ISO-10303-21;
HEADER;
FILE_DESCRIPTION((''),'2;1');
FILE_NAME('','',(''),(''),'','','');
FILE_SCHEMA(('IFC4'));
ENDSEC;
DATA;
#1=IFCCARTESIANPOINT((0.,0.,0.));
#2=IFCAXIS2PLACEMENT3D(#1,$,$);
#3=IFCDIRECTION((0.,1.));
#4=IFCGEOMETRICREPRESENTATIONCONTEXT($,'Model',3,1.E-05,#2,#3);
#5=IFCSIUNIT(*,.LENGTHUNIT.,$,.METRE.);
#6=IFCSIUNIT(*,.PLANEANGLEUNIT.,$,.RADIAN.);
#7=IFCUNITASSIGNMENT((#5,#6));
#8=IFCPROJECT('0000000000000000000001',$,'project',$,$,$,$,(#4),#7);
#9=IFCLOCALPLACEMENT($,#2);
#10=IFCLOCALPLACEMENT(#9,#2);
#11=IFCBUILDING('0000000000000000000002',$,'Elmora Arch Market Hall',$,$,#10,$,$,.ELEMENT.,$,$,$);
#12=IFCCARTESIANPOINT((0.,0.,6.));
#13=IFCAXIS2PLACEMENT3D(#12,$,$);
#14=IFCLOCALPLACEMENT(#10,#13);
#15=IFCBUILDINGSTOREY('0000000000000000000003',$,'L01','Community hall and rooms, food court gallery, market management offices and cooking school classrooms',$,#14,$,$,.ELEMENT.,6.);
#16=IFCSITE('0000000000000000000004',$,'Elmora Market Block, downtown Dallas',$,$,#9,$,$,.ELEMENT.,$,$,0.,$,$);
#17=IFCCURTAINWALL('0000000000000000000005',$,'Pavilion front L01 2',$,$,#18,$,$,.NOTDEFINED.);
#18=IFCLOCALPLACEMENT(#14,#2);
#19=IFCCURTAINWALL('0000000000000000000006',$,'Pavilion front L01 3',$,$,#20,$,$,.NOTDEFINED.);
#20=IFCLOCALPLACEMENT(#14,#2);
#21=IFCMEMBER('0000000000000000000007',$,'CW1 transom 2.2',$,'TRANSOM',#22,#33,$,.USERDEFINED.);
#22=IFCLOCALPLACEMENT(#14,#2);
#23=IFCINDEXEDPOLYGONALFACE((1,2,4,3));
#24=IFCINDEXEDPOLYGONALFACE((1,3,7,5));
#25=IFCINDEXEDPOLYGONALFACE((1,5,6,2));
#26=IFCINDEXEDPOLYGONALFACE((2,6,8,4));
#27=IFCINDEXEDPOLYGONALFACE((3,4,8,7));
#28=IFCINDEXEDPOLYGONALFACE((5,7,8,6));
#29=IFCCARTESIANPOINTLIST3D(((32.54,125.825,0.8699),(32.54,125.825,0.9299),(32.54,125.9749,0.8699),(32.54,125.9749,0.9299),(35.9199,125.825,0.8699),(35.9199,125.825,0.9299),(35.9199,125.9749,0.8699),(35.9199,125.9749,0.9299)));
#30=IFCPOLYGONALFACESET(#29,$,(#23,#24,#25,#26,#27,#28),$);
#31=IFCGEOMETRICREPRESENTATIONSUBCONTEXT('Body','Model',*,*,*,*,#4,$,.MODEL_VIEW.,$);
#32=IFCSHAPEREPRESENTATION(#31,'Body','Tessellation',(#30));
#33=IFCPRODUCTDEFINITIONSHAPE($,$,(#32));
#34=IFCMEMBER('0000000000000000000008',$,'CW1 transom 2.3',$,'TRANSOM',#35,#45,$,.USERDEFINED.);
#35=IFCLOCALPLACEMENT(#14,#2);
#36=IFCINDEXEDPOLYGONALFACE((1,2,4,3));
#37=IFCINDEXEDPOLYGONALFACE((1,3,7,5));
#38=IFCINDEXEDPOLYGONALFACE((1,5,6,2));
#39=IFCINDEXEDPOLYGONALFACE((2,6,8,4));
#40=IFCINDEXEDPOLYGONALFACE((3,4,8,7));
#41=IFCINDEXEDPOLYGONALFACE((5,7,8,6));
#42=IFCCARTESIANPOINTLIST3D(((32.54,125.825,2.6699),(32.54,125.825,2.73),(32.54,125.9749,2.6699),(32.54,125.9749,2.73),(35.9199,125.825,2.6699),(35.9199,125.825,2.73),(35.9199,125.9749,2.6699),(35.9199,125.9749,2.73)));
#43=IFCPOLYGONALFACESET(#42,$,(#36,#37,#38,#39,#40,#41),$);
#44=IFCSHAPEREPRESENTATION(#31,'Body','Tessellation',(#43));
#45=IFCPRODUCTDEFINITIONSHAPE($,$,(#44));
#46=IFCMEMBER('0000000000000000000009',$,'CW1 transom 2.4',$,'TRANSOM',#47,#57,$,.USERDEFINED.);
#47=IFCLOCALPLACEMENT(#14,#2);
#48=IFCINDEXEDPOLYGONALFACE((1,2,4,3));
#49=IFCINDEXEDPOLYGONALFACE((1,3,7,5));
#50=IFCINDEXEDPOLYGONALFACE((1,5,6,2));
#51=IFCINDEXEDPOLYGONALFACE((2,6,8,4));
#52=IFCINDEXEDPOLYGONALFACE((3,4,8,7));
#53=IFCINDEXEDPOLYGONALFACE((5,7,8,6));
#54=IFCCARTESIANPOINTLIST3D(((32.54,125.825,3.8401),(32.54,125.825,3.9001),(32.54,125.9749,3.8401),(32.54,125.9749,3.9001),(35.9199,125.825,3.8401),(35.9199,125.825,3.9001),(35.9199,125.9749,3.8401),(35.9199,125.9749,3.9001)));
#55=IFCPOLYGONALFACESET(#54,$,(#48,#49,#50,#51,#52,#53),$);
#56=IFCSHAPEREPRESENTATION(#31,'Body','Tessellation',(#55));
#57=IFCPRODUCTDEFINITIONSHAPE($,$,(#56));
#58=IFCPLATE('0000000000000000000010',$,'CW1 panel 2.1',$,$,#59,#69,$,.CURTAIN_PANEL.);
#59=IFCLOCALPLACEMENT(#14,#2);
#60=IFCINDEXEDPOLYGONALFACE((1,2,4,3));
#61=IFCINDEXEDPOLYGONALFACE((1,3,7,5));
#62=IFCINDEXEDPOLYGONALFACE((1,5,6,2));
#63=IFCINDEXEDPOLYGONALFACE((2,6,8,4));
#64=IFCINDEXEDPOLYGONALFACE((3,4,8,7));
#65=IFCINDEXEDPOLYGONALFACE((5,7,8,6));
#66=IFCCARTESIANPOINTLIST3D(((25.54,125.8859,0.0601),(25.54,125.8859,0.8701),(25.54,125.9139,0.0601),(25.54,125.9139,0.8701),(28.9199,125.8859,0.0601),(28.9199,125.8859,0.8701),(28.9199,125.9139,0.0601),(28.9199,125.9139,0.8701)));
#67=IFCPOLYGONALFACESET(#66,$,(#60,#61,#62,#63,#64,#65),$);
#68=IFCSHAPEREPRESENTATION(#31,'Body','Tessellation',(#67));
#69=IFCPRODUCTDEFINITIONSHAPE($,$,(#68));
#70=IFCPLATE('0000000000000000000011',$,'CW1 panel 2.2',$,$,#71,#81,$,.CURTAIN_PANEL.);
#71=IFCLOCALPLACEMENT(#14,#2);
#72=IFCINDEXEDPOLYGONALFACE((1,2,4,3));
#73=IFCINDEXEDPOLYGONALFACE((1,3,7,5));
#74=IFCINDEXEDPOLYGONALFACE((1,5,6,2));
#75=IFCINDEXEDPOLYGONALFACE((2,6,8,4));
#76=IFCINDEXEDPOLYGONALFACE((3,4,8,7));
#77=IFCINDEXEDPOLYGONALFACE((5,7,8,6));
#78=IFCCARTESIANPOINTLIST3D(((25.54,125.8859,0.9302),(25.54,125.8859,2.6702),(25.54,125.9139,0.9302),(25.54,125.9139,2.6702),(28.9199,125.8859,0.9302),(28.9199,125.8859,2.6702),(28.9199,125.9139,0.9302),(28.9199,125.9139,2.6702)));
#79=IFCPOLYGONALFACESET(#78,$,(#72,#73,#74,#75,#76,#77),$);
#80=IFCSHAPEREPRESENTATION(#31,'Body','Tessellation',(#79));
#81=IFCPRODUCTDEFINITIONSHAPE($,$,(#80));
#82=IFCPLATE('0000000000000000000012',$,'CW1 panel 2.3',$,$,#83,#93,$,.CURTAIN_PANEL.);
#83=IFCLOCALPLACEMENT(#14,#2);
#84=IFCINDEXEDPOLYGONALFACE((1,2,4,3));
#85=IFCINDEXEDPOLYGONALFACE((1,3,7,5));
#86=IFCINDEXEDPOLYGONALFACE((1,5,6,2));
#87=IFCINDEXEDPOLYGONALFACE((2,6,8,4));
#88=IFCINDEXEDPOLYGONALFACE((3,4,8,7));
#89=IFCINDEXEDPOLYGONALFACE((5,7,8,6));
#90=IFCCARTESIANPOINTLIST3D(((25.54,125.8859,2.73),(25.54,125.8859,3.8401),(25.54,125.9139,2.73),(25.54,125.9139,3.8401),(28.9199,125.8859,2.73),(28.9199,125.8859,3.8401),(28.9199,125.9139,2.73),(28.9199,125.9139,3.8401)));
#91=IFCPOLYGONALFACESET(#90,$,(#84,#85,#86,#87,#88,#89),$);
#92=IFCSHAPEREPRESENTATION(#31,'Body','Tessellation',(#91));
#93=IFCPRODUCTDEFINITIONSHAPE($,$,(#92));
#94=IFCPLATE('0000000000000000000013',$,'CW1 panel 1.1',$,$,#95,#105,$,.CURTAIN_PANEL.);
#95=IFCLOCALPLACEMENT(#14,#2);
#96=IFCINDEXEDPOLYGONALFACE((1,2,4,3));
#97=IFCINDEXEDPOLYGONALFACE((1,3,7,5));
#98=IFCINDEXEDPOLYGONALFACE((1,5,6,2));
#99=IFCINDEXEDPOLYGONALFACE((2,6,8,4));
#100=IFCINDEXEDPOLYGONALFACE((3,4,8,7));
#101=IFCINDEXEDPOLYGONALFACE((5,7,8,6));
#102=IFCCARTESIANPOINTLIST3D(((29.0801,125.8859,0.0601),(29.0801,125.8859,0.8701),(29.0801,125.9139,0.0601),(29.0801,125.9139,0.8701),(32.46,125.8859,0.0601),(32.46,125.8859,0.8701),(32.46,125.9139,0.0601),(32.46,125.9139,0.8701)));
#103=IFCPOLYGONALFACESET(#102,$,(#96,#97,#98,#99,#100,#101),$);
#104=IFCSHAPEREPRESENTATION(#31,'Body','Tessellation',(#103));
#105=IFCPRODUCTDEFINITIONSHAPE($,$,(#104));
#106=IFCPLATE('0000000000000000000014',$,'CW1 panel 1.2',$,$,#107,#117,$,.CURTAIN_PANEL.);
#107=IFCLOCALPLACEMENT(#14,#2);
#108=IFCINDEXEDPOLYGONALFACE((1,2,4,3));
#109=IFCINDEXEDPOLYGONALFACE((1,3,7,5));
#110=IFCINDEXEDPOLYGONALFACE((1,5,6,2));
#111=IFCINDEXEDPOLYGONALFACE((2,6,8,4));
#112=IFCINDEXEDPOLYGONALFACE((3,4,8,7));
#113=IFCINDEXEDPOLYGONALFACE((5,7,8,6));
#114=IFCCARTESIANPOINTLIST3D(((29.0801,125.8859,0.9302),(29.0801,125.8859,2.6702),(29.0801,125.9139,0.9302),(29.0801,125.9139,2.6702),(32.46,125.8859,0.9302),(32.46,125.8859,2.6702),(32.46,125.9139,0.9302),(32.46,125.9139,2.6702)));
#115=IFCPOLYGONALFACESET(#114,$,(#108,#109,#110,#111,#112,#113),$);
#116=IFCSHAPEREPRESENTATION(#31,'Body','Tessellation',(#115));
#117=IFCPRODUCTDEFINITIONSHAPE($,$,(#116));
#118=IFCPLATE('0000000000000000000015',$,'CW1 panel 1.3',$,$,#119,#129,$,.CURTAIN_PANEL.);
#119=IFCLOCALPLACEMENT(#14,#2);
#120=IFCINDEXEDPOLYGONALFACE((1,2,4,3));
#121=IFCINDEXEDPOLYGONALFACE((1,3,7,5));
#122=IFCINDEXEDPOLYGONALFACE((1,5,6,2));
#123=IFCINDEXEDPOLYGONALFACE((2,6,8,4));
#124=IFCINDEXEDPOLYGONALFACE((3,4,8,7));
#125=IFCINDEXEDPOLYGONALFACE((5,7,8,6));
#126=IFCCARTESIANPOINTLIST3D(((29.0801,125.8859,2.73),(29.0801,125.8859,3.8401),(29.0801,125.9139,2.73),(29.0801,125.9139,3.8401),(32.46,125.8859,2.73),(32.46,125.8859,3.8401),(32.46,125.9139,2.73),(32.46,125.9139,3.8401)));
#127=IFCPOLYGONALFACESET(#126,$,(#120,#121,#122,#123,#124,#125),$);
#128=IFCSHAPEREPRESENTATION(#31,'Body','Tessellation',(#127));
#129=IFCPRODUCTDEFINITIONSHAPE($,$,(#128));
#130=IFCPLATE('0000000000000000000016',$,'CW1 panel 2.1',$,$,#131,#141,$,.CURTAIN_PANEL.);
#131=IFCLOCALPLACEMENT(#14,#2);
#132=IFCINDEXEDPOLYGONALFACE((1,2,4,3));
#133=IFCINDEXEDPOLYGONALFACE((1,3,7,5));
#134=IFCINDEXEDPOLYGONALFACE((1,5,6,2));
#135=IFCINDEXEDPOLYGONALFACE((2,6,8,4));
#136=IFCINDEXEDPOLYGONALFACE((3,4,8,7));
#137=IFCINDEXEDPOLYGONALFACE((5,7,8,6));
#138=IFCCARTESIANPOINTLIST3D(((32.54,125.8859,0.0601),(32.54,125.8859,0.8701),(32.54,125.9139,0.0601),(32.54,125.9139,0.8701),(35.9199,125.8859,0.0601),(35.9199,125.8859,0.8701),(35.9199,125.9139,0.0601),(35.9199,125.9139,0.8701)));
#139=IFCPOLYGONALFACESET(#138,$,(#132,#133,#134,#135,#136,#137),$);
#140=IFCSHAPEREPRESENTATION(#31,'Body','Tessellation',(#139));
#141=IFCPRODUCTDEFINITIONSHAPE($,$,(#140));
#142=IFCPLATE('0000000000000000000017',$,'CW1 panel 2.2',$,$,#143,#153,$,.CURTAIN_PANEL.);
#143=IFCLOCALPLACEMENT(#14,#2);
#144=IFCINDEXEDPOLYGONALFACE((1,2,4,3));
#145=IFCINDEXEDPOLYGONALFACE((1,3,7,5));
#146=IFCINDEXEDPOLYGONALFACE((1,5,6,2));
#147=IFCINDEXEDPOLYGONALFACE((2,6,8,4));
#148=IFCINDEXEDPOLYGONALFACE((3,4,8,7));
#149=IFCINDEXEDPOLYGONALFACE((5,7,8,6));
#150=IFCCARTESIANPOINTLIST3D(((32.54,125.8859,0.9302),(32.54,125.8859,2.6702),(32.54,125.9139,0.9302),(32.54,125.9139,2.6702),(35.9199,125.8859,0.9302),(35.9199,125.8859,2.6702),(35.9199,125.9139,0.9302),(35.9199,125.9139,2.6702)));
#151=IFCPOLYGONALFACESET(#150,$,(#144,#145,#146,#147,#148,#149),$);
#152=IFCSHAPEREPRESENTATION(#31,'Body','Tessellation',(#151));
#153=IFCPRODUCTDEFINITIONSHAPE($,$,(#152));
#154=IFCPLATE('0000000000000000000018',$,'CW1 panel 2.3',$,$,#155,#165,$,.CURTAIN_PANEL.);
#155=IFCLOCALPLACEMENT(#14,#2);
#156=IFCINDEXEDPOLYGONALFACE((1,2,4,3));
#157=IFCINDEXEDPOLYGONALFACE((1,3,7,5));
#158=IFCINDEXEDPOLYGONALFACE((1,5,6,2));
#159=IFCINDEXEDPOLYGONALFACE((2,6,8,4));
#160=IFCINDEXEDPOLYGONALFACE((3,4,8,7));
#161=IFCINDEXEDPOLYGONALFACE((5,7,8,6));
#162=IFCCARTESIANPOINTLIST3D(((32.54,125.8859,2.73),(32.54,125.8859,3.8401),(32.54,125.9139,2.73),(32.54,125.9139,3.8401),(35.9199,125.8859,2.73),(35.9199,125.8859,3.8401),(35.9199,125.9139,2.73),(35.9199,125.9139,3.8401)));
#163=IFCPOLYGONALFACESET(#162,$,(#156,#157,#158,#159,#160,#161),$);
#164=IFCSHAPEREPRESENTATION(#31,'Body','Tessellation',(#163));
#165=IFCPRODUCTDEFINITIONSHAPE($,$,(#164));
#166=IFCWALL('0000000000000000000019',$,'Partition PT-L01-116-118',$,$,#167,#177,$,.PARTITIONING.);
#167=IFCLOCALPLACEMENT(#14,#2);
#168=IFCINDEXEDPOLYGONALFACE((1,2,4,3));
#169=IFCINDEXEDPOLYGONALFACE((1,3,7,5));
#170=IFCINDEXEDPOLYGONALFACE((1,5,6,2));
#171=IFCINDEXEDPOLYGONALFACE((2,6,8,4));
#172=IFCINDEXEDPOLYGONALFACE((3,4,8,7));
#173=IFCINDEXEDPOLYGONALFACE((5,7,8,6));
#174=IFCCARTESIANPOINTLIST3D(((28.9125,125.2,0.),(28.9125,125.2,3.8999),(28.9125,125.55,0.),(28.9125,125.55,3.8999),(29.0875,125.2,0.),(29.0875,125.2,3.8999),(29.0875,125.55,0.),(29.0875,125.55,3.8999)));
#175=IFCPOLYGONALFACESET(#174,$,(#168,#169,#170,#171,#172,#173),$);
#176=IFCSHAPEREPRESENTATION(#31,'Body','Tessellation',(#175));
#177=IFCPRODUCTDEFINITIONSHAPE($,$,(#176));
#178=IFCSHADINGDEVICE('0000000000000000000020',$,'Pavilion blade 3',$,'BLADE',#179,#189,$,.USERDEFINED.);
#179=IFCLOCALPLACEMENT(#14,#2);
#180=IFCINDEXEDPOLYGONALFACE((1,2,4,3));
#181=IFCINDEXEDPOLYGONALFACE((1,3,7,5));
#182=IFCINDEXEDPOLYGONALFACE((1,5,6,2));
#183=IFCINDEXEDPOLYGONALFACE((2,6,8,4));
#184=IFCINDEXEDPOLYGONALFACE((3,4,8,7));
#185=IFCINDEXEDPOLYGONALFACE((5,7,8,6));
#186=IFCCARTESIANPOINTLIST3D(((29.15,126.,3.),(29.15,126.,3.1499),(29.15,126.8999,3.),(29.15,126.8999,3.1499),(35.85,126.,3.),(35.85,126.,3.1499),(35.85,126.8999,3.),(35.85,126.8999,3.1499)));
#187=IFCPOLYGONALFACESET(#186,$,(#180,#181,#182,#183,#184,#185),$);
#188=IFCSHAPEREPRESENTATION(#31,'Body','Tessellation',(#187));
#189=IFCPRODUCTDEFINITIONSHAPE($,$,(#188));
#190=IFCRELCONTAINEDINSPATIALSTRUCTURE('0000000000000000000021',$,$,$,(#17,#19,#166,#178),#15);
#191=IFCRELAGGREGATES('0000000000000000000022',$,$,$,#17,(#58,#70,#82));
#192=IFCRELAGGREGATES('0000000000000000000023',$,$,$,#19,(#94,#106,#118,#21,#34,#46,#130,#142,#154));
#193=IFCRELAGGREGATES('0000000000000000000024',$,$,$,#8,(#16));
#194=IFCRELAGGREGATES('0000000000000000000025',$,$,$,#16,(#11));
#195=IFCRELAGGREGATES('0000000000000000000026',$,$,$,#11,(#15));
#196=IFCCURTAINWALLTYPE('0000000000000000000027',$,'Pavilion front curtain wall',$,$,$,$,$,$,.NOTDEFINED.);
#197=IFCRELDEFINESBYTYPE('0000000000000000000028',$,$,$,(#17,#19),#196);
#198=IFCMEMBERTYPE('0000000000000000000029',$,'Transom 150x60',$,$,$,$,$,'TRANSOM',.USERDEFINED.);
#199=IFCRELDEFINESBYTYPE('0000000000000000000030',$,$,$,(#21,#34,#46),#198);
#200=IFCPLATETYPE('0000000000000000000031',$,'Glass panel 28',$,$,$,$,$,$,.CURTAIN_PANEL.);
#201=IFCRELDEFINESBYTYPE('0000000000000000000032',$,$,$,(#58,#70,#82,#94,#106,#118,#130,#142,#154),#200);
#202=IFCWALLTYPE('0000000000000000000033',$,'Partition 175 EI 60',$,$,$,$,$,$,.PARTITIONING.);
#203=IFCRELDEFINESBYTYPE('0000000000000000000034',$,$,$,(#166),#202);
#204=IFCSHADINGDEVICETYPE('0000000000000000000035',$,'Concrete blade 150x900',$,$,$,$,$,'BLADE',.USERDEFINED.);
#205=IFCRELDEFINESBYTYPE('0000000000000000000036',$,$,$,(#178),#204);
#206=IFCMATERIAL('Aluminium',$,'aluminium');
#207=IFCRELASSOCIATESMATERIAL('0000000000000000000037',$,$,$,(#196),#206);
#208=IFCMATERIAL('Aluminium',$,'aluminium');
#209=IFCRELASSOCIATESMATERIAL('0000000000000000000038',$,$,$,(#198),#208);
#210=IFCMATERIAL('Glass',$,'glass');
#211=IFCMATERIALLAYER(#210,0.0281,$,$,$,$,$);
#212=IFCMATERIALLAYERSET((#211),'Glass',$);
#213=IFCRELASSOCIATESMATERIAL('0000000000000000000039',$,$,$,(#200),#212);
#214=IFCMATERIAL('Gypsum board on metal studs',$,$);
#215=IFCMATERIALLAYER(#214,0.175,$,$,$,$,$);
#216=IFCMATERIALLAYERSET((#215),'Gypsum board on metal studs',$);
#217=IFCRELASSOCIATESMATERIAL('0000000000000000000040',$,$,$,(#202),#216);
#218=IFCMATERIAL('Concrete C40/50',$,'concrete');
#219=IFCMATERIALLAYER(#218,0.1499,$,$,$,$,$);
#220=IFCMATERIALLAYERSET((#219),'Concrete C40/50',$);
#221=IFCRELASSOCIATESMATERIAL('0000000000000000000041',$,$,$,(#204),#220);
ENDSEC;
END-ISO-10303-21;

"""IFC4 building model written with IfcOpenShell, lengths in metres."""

from ifc_helpers import new_model, si_unit, direction, frame, frame_2d, origin, origin_2d, place, context, subcontext, project, spatial, rectangle, extrude, material, layer, layer_set, material_profile, profile_set, type_object, element, aggregate, save


model = new_model("IFC4")

# Units and contexts
model_context = context("Model", 3, precision=1e-05, world=origin(), true_north=direction((0.0, 1.0)))
body_context = subcontext(model_context, "Body", "Model", "MODEL_VIEW")
ifc_project = project(units=[si_unit("LENGTHUNIT", "METRE"), si_unit("PLANEANGLEUNIT", "RADIAN")], contexts=[model_context])

# Site, building, storey
site_placement = place(None, origin())
site = spatial("IfcSite", under=ifc_project, at=site_placement, Name="Elmora Market Block, downtown Dallas", CompositionType="ELEMENT", RefElevation=0.0)
building_placement = place(site_placement, origin())
building = spatial("IfcBuilding", under=site, at=building_placement, Name="Elmora Arch Market Hall", CompositionType="ELEMENT")
storey_placement = place(building_placement, frame((0.0, 0.0, 6.0)))
storey = spatial("IfcBuildingStorey", under=building, at=storey_placement, Name="L01", Description="Community hall and rooms, food court gallery, market management offices and cooking school classrooms", CompositionType="ELEMENT", Elevation=6.0)

# Curtain wall
ifc_material_1 = material(Name="Aluminium", Category="aluminium")
curtain_wall_type = type_object("IfcCurtainWallType", Name="Pavilion front curtain wall", PredefinedType="NOTDEFINED", material=ifc_material_1)
curtain_wall_1_placement = place(storey_placement, origin())
curtain_wall_1 = element("IfcCurtainWall", 1, at=curtain_wall_1_placement, inside=storey, type_object=curtain_wall_type, Name="Pavilion front L01 2", PredefinedType="NOTDEFINED")

# Curtain wall
curtain_wall_2_placement = place(storey_placement, origin())
curtain_wall_2 = element("IfcCurtainWall", 2, at=curtain_wall_2_placement, inside=storey, type_object=curtain_wall_type, Name="Pavilion front L01 3", PredefinedType="NOTDEFINED")

# Members
ifc_material_2 = material(Name="Aluminium", Category="aluminium")
ifc_material_profile_1 = material_profile(ifc_material_2, rectangle(XDim=0.1499, YDim=0.0601, at=origin_2d()), Name="AL 150x60")
ifc_profile_set_1 = profile_set([ifc_material_profile_1], Name="Aluminium")
member_type_1 = type_object("IfcMemberType", Name="Transom 150x60", ElementType="TRANSOM", PredefinedType="USERDEFINED", material=ifc_profile_set_1)
member_1_placement = place(storey_placement, frame((32.54, 125.8999, 0.8999), z_axis=(1.0, 0.0, 0.0), x_axis=(0.0, 1.0, 0.0)))
member_1 = element("IfcMember", 3, at=member_1_placement, type_object=member_type_1, Name="CW1 transom 2.2", ObjectType="TRANSOM", PredefinedType="USERDEFINED", context=body_context, shape_type="SweptSolid", body=[
    extrude(rectangle(XDim=0.1499, YDim=0.0601, at=origin_2d()), origin(), (0.0, 0.0, 1.0), 3.3799),
])
member_2_placement = place(storey_placement, frame((32.54, 125.8999, 2.7), z_axis=(1.0, 0.0, 0.0), x_axis=(0.0, 1.0, 0.0)))
member_2 = element("IfcMember", 4, at=member_2_placement, type_object=member_type_1, Name="CW1 transom 2.3", ObjectType="TRANSOM", PredefinedType="USERDEFINED", context=body_context, shape_type="SweptSolid", body=[
    extrude(rectangle(XDim=0.1499, YDim=0.0601, at=origin_2d()), origin(), (0.0, 0.0, 1.0), 3.3799),
])
member_3_placement = place(storey_placement, frame((32.54, 125.8999, 3.8701), z_axis=(1.0, 0.0, 0.0), x_axis=(0.0, 1.0, 0.0)))
member_3 = element("IfcMember", 5, at=member_3_placement, type_object=member_type_1, Name="CW1 transom 2.4", ObjectType="TRANSOM", PredefinedType="USERDEFINED", context=body_context, shape_type="SweptSolid", body=[
    extrude(rectangle(XDim=0.1499, YDim=0.0601, at=origin_2d()), origin(), (0.0, 0.0, 1.0), 3.3799),
])

# Plates
ifc_material_3 = material(Name="Glass", Category="glass")
ifc_layer_1 = layer(ifc_material_3, 0.0281)
ifc_layer_set_1 = layer_set([ifc_layer_1], Name="Glass")
plate_type = type_object("IfcPlateType", Name="Glass panel 28", PredefinedType="CURTAIN_PANEL", material=ifc_layer_set_1)
plate_1_placement = place(storey_placement, frame((27.23, 125.8999, 0.0601), z_axis=(0.0, 0.0, 1.0), x_axis=(1.0, 0.0, 0.0)))
plate_1 = element("IfcPlate", 6, at=plate_1_placement, type_object=plate_type, Name="CW1 panel 2.1", PredefinedType="CURTAIN_PANEL", context=body_context, shape_type="SweptSolid", body=[
    extrude(rectangle(XDim=3.3799, YDim=0.0281, at=origin_2d()), origin(), (0.0, 0.0, 1.0), 0.8101),
])
plate_2_placement = place(storey_placement, frame((27.23, 125.8999, 0.9302), z_axis=(0.0, 0.0, 1.0), x_axis=(1.0, 0.0, 0.0)))
plate_2 = element("IfcPlate", 7, at=plate_2_placement, type_object=plate_type, Name="CW1 panel 2.2", PredefinedType="CURTAIN_PANEL", context=body_context, shape_type="SweptSolid", body=[
    extrude(rectangle(XDim=3.3799, YDim=0.0281, at=origin_2d()), origin(), (0.0, 0.0, 1.0), 1.74),
])
plate_3_placement = place(storey_placement, frame((27.23, 125.8999, 2.73), z_axis=(0.0, 0.0, 1.0), x_axis=(1.0, 0.0, 0.0)))
plate_3 = element("IfcPlate", 8, at=plate_3_placement, type_object=plate_type, Name="CW1 panel 2.3", PredefinedType="CURTAIN_PANEL", context=body_context, shape_type="SweptSolid", body=[
    extrude(rectangle(XDim=3.3799, YDim=0.0281, at=origin_2d()), origin(), (0.0, 0.0, 1.0), 1.1101),
])
aggregate(curtain_wall_1, [plate_1, plate_2, plate_3])
plate_4_placement = place(storey_placement, frame((30.77, 125.8999, 0.0601), z_axis=(0.0, 0.0, 1.0), x_axis=(1.0, 0.0, 0.0)))
plate_4 = element("IfcPlate", 9, at=plate_4_placement, type_object=plate_type, Name="CW1 panel 1.1", PredefinedType="CURTAIN_PANEL", context=body_context, shape_type="SweptSolid", body=[
    extrude(rectangle(XDim=3.3799, YDim=0.0281, at=origin_2d()), origin(), (0.0, 0.0, 1.0), 0.8101),
])
plate_5_placement = place(storey_placement, frame((30.77, 125.8999, 0.9302), z_axis=(0.0, 0.0, 1.0), x_axis=(1.0, 0.0, 0.0)))
plate_5 = element("IfcPlate", 10, at=plate_5_placement, type_object=plate_type, Name="CW1 panel 1.2", PredefinedType="CURTAIN_PANEL", context=body_context, shape_type="SweptSolid", body=[
    extrude(rectangle(XDim=3.3799, YDim=0.0281, at=origin_2d()), origin(), (0.0, 0.0, 1.0), 1.74),
])
plate_6_placement = place(storey_placement, frame((30.77, 125.8999, 2.73), z_axis=(0.0, 0.0, 1.0), x_axis=(1.0, 0.0, 0.0)))
plate_6 = element("IfcPlate", 11, at=plate_6_placement, type_object=plate_type, Name="CW1 panel 1.3", PredefinedType="CURTAIN_PANEL", context=body_context, shape_type="SweptSolid", body=[
    extrude(rectangle(XDim=3.3799, YDim=0.0281, at=origin_2d()), origin(), (0.0, 0.0, 1.0), 1.1101),
])
plate_7_placement = place(storey_placement, frame((34.23, 125.8999, 0.0601), z_axis=(0.0, 0.0, 1.0), x_axis=(1.0, 0.0, 0.0)))
plate_7 = element("IfcPlate", 12, at=plate_7_placement, type_object=plate_type, Name="CW1 panel 2.1", PredefinedType="CURTAIN_PANEL", context=body_context, shape_type="SweptSolid", body=[
    extrude(rectangle(XDim=3.3799, YDim=0.0281, at=origin_2d()), origin(), (0.0, 0.0, 1.0), 0.8101),
])
plate_8_placement = place(storey_placement, frame((34.23, 125.8999, 0.9302), z_axis=(0.0, 0.0, 1.0), x_axis=(1.0, 0.0, 0.0)))
plate_8 = element("IfcPlate", 13, at=plate_8_placement, type_object=plate_type, Name="CW1 panel 2.2", PredefinedType="CURTAIN_PANEL", context=body_context, shape_type="SweptSolid", body=[
    extrude(rectangle(XDim=3.3799, YDim=0.0281, at=origin_2d()), origin(), (0.0, 0.0, 1.0), 1.74),
])
plate_9_placement = place(storey_placement, frame((34.23, 125.8999, 2.73), z_axis=(0.0, 0.0, 1.0), x_axis=(1.0, 0.0, 0.0)))
plate_9 = element("IfcPlate", 14, at=plate_9_placement, type_object=plate_type, Name="CW1 panel 2.3", PredefinedType="CURTAIN_PANEL", context=body_context, shape_type="SweptSolid", body=[
    extrude(rectangle(XDim=3.3799, YDim=0.0281, at=origin_2d()), origin(), (0.0, 0.0, 1.0), 1.1101),
])
aggregate(curtain_wall_2, [plate_4, plate_5, plate_6, member_1, member_2, member_3, plate_7, plate_8, plate_9])

# Wall
ifc_material_4 = material(Name="Gypsum board on metal studs")
ifc_layer_2 = layer(ifc_material_4, 0.175)
ifc_layer_set_2 = layer_set([ifc_layer_2], Name="Gypsum board on metal studs")
wall_type = type_object("IfcWallType", Name="Partition 175 EI 60", PredefinedType="PARTITIONING", material=ifc_layer_set_2)
wall_placement = place(storey_placement, frame((29.0, 125.2, 0.0), z_axis=(0.0, 0.0, 1.0), x_axis=(0.0, 1.0, 0.0)))
element("IfcWall", 15, at=wall_placement, inside=storey, type_object=wall_type, Name="Partition PT-L01-116-118", PredefinedType="PARTITIONING", context=body_context, shape_type="SweptSolid", body=[
    extrude(rectangle(XDim=0.3501, YDim=0.175, at=frame_2d((0.175, 0.0))), origin(), (0.0, 0.0, 1.0), 3.8999),
])

# Shading device
ifc_material_5 = material(Name="Concrete C40/50", Category="concrete")
ifc_layer_3 = layer(ifc_material_5, 0.1499)
ifc_layer_set_3 = layer_set([ifc_layer_3], Name="Concrete C40/50")
shading_device_type_1 = type_object("IfcShadingDeviceType", Name="Concrete blade 150x900", ElementType="BLADE", PredefinedType="USERDEFINED", material=ifc_layer_set_3)
shading_device_1_placement = place(storey_placement, frame((32.5, 126.45, 3.0), z_axis=(0.0, 0.0, 1.0), x_axis=(1.0, 0.0, 0.0)))
element("IfcShadingDevice", 16, at=shading_device_1_placement, inside=storey, type_object=shading_device_type_1, Name="Pavilion blade 3", ObjectType="BLADE", PredefinedType="USERDEFINED", context=body_context, shape_type="SweptSolid", body=[
    extrude(rectangle(XDim=6.7, YDim=0.8999, at=origin_2d()), origin(), (0.0, 0.0, 1.0), 0.1499),
])

save(model, "model.ifc")
